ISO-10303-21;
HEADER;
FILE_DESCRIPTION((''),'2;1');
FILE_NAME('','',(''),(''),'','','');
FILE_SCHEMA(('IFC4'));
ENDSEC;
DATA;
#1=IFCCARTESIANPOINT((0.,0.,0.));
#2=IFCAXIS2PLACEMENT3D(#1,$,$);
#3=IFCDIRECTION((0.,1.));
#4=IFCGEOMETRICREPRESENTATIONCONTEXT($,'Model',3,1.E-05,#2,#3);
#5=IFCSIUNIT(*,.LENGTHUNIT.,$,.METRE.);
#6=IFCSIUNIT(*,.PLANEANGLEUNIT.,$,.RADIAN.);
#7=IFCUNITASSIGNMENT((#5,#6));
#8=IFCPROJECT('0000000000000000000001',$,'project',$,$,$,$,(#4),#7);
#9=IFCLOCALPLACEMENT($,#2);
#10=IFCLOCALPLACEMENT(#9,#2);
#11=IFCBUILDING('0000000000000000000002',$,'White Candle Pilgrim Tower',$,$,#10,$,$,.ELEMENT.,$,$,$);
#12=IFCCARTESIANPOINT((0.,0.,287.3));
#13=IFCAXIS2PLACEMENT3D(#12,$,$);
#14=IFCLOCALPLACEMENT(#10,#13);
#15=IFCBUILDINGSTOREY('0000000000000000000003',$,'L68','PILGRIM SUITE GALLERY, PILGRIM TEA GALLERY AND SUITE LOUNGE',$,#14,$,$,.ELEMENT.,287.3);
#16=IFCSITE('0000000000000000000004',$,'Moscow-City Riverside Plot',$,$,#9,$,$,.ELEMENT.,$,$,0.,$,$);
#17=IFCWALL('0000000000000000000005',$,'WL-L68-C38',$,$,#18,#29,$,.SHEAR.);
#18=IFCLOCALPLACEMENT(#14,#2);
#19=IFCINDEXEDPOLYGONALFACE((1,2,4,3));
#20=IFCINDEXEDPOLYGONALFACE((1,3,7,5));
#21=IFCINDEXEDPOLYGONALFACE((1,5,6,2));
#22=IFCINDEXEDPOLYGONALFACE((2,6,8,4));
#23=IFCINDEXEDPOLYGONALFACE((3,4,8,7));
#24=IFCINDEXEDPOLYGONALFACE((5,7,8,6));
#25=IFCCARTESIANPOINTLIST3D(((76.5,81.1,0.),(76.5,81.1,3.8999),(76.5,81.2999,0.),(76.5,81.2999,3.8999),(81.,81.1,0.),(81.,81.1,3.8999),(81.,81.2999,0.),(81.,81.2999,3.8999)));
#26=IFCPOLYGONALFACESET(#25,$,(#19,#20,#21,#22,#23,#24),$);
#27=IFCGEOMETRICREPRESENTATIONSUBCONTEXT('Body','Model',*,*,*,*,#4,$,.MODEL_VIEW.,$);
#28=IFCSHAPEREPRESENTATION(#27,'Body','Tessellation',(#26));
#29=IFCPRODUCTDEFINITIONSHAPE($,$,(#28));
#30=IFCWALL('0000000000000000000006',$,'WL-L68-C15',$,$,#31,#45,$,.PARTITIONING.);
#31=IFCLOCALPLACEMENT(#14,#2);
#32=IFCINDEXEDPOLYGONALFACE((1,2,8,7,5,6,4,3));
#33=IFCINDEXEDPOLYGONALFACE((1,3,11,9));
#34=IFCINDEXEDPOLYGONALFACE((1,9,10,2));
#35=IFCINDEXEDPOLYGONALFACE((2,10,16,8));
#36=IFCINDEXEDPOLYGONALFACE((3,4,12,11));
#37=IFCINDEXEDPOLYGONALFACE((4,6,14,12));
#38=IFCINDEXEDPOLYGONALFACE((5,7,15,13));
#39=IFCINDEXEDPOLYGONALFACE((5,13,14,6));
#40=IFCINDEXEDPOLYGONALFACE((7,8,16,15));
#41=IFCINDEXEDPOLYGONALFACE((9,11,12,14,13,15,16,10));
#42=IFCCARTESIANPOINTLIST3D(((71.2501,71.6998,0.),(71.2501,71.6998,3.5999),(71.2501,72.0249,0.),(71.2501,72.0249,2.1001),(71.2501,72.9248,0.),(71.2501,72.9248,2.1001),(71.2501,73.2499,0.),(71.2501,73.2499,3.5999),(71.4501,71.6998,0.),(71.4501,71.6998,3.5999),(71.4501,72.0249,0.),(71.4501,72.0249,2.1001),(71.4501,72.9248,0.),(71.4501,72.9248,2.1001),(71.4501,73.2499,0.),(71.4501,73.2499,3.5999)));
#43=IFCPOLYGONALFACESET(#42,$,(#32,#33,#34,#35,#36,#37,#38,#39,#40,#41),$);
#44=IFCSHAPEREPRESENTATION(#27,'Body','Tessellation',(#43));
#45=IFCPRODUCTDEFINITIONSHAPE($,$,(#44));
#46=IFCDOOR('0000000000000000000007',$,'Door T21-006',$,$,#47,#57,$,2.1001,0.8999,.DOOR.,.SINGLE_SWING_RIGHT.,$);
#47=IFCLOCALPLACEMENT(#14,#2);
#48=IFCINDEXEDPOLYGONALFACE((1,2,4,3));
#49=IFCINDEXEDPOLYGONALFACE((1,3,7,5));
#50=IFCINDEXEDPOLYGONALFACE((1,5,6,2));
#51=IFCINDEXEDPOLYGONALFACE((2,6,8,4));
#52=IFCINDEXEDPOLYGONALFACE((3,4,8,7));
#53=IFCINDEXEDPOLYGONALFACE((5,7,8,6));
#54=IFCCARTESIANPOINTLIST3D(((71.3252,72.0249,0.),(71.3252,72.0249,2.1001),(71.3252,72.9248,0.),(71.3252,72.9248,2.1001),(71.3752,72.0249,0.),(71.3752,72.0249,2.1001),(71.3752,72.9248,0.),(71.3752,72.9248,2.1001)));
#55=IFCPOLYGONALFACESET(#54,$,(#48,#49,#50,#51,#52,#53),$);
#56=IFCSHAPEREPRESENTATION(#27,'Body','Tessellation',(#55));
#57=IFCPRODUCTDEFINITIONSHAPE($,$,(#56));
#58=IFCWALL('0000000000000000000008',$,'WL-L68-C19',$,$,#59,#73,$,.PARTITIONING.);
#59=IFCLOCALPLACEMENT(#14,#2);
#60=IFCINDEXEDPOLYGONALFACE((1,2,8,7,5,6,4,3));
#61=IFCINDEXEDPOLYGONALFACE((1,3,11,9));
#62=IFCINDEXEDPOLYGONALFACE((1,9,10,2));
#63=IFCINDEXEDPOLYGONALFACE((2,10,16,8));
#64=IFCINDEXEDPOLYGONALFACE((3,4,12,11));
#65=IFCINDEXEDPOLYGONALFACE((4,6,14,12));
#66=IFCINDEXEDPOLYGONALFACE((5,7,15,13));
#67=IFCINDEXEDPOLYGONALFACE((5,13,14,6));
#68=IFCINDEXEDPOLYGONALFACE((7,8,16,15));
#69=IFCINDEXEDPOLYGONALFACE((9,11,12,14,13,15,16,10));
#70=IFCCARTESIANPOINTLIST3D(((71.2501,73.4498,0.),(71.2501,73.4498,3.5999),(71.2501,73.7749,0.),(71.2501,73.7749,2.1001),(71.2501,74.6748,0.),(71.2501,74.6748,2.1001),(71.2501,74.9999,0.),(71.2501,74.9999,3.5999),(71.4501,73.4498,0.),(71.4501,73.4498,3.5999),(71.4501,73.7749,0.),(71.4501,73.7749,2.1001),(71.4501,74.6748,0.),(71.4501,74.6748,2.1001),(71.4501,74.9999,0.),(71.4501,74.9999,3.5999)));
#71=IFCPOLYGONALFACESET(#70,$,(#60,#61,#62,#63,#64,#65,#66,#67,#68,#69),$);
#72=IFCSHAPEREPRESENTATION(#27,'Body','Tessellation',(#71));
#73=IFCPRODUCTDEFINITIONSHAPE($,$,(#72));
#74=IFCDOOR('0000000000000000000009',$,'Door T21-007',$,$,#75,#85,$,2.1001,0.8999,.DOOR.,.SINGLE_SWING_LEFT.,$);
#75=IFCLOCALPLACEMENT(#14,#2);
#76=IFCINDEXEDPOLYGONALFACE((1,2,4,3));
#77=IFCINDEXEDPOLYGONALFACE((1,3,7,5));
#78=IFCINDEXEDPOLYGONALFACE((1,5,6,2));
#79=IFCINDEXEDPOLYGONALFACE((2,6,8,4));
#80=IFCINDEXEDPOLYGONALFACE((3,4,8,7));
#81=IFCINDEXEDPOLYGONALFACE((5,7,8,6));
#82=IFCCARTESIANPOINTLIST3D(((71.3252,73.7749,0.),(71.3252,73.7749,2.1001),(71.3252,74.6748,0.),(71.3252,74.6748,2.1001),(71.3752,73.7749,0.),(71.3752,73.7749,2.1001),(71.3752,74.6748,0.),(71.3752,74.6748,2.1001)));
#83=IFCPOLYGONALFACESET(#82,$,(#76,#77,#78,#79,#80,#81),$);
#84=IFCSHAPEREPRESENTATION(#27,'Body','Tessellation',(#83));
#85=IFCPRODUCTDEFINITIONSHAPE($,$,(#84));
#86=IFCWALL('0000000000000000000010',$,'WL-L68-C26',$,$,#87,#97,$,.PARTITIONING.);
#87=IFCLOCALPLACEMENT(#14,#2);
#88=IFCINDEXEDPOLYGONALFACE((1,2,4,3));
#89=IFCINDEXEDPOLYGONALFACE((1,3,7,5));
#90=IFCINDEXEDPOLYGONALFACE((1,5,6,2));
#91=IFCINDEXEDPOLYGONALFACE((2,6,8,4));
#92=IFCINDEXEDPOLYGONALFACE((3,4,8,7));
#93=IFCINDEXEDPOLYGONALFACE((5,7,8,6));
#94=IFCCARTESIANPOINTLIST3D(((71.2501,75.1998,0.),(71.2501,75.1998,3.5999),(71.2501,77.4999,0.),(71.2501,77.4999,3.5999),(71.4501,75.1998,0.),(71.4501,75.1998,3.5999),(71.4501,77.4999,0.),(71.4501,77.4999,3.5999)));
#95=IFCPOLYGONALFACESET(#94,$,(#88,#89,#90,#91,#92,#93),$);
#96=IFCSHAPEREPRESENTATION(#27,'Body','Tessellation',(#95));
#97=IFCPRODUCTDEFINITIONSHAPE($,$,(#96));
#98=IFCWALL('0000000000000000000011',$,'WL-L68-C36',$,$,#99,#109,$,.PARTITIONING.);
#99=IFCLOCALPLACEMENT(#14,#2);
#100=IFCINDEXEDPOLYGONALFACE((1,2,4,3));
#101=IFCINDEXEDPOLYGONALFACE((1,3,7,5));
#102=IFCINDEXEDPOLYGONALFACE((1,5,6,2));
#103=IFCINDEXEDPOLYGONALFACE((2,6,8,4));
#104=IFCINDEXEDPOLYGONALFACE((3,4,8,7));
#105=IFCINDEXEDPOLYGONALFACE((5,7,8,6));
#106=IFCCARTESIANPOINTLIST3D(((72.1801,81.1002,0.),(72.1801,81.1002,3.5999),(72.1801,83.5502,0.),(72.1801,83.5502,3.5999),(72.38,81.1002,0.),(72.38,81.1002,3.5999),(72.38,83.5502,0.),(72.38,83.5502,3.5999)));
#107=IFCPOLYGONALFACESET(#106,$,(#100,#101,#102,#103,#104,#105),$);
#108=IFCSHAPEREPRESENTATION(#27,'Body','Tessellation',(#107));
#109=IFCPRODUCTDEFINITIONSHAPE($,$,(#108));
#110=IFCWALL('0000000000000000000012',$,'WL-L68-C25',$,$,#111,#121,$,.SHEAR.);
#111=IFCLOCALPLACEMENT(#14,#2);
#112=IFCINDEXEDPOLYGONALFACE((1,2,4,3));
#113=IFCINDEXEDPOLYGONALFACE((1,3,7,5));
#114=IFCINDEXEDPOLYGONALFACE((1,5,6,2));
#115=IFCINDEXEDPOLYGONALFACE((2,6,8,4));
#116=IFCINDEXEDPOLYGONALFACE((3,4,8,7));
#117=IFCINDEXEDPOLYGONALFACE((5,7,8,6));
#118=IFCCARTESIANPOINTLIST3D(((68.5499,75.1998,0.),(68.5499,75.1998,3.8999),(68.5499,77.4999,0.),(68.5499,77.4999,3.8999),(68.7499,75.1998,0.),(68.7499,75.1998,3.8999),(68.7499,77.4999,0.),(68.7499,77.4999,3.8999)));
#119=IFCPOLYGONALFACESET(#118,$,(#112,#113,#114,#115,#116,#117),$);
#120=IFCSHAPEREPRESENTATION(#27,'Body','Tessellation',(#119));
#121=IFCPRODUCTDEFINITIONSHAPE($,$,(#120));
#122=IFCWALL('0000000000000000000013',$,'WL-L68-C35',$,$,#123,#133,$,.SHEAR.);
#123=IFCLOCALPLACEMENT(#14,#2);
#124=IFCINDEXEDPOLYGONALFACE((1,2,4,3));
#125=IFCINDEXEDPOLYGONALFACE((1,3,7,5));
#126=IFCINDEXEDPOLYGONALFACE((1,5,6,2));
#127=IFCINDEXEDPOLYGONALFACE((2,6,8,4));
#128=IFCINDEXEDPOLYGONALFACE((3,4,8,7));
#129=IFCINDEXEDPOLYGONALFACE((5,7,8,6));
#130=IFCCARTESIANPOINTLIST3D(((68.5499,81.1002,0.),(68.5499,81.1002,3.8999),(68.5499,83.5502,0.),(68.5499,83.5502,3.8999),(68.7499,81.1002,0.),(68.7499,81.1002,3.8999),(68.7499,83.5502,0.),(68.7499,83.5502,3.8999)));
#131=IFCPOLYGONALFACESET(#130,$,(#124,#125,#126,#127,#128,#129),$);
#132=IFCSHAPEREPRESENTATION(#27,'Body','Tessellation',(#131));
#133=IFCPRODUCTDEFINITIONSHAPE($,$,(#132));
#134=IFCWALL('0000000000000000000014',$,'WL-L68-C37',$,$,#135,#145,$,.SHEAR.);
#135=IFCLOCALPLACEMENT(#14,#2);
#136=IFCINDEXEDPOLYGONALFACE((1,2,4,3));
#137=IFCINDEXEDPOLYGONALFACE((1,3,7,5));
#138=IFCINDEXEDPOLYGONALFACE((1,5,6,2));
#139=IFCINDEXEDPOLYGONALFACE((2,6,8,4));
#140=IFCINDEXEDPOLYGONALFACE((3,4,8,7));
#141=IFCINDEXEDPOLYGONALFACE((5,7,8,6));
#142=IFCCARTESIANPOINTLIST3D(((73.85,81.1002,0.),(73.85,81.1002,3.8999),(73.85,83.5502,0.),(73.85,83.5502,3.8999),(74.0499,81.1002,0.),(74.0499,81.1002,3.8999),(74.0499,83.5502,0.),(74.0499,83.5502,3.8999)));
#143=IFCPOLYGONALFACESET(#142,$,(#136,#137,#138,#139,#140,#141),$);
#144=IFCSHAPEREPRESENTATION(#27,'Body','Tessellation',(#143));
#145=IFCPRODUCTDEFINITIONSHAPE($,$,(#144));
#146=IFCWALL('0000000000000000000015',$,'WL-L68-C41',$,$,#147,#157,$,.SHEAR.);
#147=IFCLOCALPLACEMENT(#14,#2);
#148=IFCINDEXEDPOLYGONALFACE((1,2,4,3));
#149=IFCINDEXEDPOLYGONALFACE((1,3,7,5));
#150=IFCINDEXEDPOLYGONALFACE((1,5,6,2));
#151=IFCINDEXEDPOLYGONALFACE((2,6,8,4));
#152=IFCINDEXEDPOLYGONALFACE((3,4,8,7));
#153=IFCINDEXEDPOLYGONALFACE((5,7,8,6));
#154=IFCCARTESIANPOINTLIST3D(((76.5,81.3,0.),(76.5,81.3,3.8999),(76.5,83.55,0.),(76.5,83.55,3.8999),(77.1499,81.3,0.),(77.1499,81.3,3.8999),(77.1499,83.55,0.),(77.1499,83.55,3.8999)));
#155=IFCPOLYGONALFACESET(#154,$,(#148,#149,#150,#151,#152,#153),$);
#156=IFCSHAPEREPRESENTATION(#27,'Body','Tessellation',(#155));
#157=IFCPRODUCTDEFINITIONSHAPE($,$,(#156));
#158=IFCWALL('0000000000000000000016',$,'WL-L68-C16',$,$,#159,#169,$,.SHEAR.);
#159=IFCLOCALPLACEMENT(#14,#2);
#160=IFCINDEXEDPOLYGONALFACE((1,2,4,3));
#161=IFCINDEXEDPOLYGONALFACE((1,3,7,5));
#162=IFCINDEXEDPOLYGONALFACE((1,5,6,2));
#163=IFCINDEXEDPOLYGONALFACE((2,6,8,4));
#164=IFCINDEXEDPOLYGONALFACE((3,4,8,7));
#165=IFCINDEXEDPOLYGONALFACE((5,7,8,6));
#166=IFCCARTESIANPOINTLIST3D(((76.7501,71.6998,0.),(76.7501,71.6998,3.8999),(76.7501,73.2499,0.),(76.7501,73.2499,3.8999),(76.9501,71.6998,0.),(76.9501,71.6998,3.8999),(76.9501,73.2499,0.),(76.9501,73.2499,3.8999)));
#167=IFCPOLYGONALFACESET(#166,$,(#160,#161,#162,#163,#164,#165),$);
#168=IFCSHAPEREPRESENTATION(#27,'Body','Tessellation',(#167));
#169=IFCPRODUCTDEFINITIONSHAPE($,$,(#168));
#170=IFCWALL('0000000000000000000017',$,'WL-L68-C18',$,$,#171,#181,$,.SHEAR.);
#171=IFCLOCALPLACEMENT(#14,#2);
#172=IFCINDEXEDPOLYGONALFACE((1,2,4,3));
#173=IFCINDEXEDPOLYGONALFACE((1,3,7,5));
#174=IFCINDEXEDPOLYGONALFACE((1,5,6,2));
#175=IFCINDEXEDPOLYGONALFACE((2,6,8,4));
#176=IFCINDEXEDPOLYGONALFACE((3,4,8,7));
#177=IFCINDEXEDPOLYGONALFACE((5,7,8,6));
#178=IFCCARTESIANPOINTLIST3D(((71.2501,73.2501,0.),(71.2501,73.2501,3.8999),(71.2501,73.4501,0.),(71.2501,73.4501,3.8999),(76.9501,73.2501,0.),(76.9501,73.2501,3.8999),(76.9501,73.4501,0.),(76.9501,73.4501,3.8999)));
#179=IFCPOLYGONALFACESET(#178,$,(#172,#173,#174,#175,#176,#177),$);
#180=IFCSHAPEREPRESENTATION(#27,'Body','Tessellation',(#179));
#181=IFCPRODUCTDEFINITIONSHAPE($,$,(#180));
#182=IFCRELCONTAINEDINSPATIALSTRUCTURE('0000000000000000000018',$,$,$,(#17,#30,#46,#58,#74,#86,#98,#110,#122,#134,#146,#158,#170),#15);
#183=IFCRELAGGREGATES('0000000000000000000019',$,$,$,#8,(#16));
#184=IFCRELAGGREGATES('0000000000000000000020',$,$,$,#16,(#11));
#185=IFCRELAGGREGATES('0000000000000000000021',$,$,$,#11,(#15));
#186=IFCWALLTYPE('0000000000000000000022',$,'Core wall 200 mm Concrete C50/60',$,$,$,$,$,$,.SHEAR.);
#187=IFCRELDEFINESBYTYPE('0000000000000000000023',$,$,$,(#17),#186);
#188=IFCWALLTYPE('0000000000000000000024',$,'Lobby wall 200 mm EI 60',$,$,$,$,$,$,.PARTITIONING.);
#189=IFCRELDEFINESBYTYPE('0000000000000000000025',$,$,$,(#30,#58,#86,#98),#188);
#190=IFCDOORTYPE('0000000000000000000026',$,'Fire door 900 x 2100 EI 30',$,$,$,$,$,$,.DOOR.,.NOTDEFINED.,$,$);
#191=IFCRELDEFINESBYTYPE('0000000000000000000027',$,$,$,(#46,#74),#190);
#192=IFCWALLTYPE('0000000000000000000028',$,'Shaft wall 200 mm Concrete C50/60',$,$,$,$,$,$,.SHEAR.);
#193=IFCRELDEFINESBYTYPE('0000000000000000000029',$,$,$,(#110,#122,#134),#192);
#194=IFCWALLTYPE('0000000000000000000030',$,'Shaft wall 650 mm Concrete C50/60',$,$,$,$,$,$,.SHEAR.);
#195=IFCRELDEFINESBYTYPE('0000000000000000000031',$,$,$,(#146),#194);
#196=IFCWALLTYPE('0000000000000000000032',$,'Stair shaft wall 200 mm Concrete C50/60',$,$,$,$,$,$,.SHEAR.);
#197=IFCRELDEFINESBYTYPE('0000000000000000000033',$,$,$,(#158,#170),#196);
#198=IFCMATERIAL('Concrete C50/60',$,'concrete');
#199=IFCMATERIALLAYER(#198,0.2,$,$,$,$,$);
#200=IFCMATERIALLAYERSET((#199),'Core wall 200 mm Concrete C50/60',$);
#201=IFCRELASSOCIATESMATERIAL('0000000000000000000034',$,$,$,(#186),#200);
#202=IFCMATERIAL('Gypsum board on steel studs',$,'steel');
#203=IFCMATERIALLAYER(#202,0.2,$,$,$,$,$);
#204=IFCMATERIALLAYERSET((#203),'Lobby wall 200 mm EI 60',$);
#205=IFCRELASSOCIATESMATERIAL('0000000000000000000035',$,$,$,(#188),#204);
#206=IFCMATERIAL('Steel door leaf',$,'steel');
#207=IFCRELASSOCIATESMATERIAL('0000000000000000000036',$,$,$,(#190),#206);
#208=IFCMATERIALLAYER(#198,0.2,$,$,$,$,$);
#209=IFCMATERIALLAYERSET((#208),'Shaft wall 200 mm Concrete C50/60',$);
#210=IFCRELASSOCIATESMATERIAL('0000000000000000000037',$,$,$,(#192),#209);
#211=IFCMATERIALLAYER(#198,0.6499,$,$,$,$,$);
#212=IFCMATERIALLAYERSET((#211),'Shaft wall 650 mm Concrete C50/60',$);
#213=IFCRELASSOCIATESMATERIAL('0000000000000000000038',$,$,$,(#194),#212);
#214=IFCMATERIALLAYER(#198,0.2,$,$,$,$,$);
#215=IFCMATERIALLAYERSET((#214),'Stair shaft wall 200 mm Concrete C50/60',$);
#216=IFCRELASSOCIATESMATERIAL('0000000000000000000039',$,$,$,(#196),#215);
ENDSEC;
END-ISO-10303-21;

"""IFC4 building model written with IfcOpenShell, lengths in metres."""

from ifc_helpers import new_model, si_unit, direction, frame, frame_2d, origin, place, context, subcontext, project, spatial, rectangle, extrude, material, layer, layer_set, type_object, element, fill, save


model = new_model("IFC4")

# Units and contexts
model_context = context("Model", 3, precision=1e-05, world=origin(), true_north=direction((0.0, 1.0)))
body_context = subcontext(model_context, "Body", "Model", "MODEL_VIEW")
ifc_project = project(units=[si_unit("LENGTHUNIT", "METRE"), si_unit("PLANEANGLEUNIT", "RADIAN")], contexts=[model_context])

# Site, building, storey
site_placement = place(None, origin())
site = spatial("IfcSite", under=ifc_project, at=site_placement, Name="Moscow-City Riverside Plot", CompositionType="ELEMENT", RefElevation=0.0)
building_placement = place(site_placement, origin())
building = spatial("IfcBuilding", under=site, at=building_placement, Name="White Candle Pilgrim Tower", CompositionType="ELEMENT")
storey_placement = place(building_placement, frame((0.0, 0.0, 287.3)))
storey = spatial("IfcBuildingStorey", under=building, at=storey_placement, Name="L68", Description="PILGRIM SUITE GALLERY, PILGRIM TEA GALLERY AND SUITE LOUNGE", CompositionType="ELEMENT", Elevation=287.3)

# Wall
ifc_material_1 = material(Name="Concrete C50/60", Category="concrete")
ifc_layer_1 = layer(ifc_material_1, 0.2)
ifc_layer_set_1 = layer_set([ifc_layer_1], Name="Core wall 200 mm Concrete C50/60")
wall_type_1 = type_object("IfcWallType", Name="Core wall 200 mm Concrete C50/60", PredefinedType="SHEAR", material=ifc_layer_set_1)
wall_1_placement = place(storey_placement, frame((76.5, 81.2, 0.0), z_axis=(0.0, 0.0, 1.0), x_axis=(1.0, 0.0, 0.0)))
element("IfcWall", 1, at=wall_1_placement, inside=storey, type_object=wall_type_1, Name="WL-L68-C38", PredefinedType="SHEAR", context=body_context, shape_type="SweptSolid", body=[
    extrude(rectangle(XDim=4.5, YDim=0.2, at=frame_2d((2.25, 0.0))), origin(), (0.0, 0.0, 1.0), 3.8999),
])

# Walls, openings, doors
ifc_material_2 = material(Name="Gypsum board on steel studs", Category="steel")
ifc_layer_2 = layer(ifc_material_2, 0.2)
ifc_layer_set_2 = layer_set([ifc_layer_2], Name="Lobby wall 200 mm EI 60")
wall_type_2 = type_object("IfcWallType", Name="Lobby wall 200 mm EI 60", PredefinedType="PARTITIONING", material=ifc_layer_set_2)
wall_2_placement = place(storey_placement, frame((71.3501, 71.7, 0.0), z_axis=(0.0, 0.0, 1.0), x_axis=(0.0, 1.0, 0.0)))
wall_2 = element("IfcWall", 2, at=wall_2_placement, inside=storey, type_object=wall_type_2, Name="WL-L68-C15", PredefinedType="PARTITIONING", context=body_context, shape_type="SweptSolid", body=[
    extrude(rectangle(XDim=1.55, YDim=0.2, at=frame_2d((0.7749, 0.0))), origin(), (0.0, 0.0, 1.0), 3.5999),
])
opening_1_placement = place(wall_2_placement, frame((0.325, 0.0, 0.0)))
opening_1 = element("IfcOpeningElement", 3, at=opening_1_placement, cuts=wall_2, PredefinedType="OPENING", context=body_context, shape_type="SweptSolid", body=[
    extrude(rectangle(XDim=0.8999, YDim=2.1001, at=frame_2d((0.45, 1.05))), frame((0.0, 0.1099, 0.0), z_axis=(0.0, -1.0, 0.0), x_axis=(1.0, 0.0, 0.0)), (0.0, 0.0, 1.0), 0.22),
])
ifc_material_3 = material(Name="Steel door leaf", Category="steel")
door_type = type_object("IfcDoorType", Name="Fire door 900 x 2100 EI 30", OperationType="NOTDEFINED", PredefinedType="DOOR", material=ifc_material_3)
door_1_placement = place(opening_1_placement, origin())
door_1 = element("IfcDoor", 4, at=door_1_placement, inside=storey, type_object=door_type, Name="Door T21-006", OperationType="SINGLE_SWING_RIGHT", OverallHeight=2.1001, OverallWidth=0.8999, PredefinedType="DOOR", context=body_context, shape_type="SweptSolid", body=[
    extrude(rectangle(XDim=0.8999, YDim=2.1001, at=frame_2d((0.45, 1.05))), frame((0.0, 0.0249, 0.0), z_axis=(0.0, -1.0, 0.0), x_axis=(1.0, 0.0, 0.0)), (0.0, 0.0, 1.0), 0.05),
])
fill(opening_1, door_1)
wall_3_placement = place(storey_placement, frame((71.3501, 73.45, 0.0), z_axis=(0.0, 0.0, 1.0), x_axis=(0.0, 1.0, 0.0)))
wall_3 = element("IfcWall", 5, at=wall_3_placement, inside=storey, type_object=wall_type_2, Name="WL-L68-C19", PredefinedType="PARTITIONING", context=body_context, shape_type="SweptSolid", body=[
    extrude(rectangle(XDim=1.55, YDim=0.2, at=frame_2d((0.7749, 0.0))), origin(), (0.0, 0.0, 1.0), 3.5999),
])
opening_2_placement = place(wall_3_placement, frame((0.325, 0.0, 0.0)))
opening_2 = element("IfcOpeningElement", 6, at=opening_2_placement, cuts=wall_3, PredefinedType="OPENING", context=body_context, shape_type="SweptSolid", body=[
    extrude(rectangle(XDim=0.8999, YDim=2.1001, at=frame_2d((0.45, 1.05))), frame((0.0, 0.1099, 0.0), z_axis=(0.0, -1.0, 0.0), x_axis=(1.0, 0.0, 0.0)), (0.0, 0.0, 1.0), 0.22),
])
door_2_placement = place(opening_2_placement, origin())
door_2 = element("IfcDoor", 7, at=door_2_placement, inside=storey, type_object=door_type, Name="Door T21-007", OperationType="SINGLE_SWING_LEFT", OverallHeight=2.1001, OverallWidth=0.8999, PredefinedType="DOOR", context=body_context, shape_type="SweptSolid", body=[
    extrude(rectangle(XDim=0.8999, YDim=2.1001, at=frame_2d((0.45, 1.05))), frame((0.0, 0.0249, 0.0), z_axis=(0.0, -1.0, 0.0), x_axis=(1.0, 0.0, 0.0)), (0.0, 0.0, 1.0), 0.05),
])
fill(opening_2, door_2)

# Walls
wall_4_placement = place(storey_placement, frame((71.3501, 75.2, 0.0), z_axis=(0.0, 0.0, 1.0), x_axis=(0.0, 1.0, 0.0)))
element("IfcWall", 8, at=wall_4_placement, inside=storey, type_object=wall_type_2, Name="WL-L68-C26", PredefinedType="PARTITIONING", context=body_context, shape_type="SweptSolid", body=[
    extrude(rectangle(XDim=2.3, YDim=0.2, at=frame_2d((1.1499, 0.0))), origin(), (0.0, 0.0, 1.0), 3.5999),
])
wall_5_placement = place(storey_placement, frame((72.28, 81.1001, 0.0), z_axis=(0.0, 0.0, 1.0), x_axis=(0.0, 1.0, 0.0)))
element("IfcWall", 9, at=wall_5_placement, inside=storey, type_object=wall_type_2, Name="WL-L68-C36", PredefinedType="PARTITIONING", context=body_context, shape_type="SweptSolid", body=[
    extrude(rectangle(XDim=2.45, YDim=0.2, at=frame_2d((1.2251, 0.0))), origin(), (0.0, 0.0, 1.0), 3.5999),
])
ifc_layer_3 = layer(ifc_material_1, 0.2)
ifc_layer_set_3 = layer_set([ifc_layer_3], Name="Shaft wall 200 mm Concrete C50/60")
wall_type_3 = type_object("IfcWallType", Name="Shaft wall 200 mm Concrete C50/60", PredefinedType="SHEAR", material=ifc_layer_set_3)
wall_6_placement = place(storey_placement, frame((68.6499, 75.2, 0.0), z_axis=(0.0, 0.0, 1.0), x_axis=(0.0, 1.0, 0.0)))
element("IfcWall", 10, at=wall_6_placement, inside=storey, type_object=wall_type_3, Name="WL-L68-C25", PredefinedType="SHEAR", context=body_context, shape_type="SweptSolid", body=[
    extrude(rectangle(XDim=2.3, YDim=0.2, at=frame_2d((1.1499, 0.0))), origin(), (0.0, 0.0, 1.0), 3.8999),
])
for number, where, z_axis, x_axis, name in (
    (11, (68.6499, 81.1001, 0.0), (0.0, 0.0, 1.0), (0.0, 1.0, 0.0), "WL-L68-C35"),
    (12, (73.95, 81.1001, 0.0), (0.0, 0.0, 1.0), (0.0, 1.0, 0.0), "WL-L68-C37"),
):
    element("IfcWall", number, at=place(storey_placement, frame(where, z_axis=z_axis, x_axis=x_axis)), inside=storey, type_object=wall_type_3, Name=name, PredefinedType="SHEAR", context=body_context, shape_type="SweptSolid", body=[
        extrude(rectangle(XDim=2.45, YDim=0.2, at=frame_2d((1.2251, 0.0))), origin(), (0.0, 0.0, 1.0), 3.8999),
    ])
ifc_layer_4 = layer(ifc_material_1, 0.6499)
ifc_layer_set_4 = layer_set([ifc_layer_4], Name="Shaft wall 650 mm Concrete C50/60")
wall_type_4 = type_object("IfcWallType", Name="Shaft wall 650 mm Concrete C50/60", PredefinedType="SHEAR", material=ifc_layer_set_4)
wall_7_placement = place(storey_placement, frame((76.825, 81.3, 0.0), z_axis=(0.0, 0.0, 1.0), x_axis=(0.0, 1.0, 0.0)))
element("IfcWall", 13, at=wall_7_placement, inside=storey, type_object=wall_type_4, Name="WL-L68-C41", PredefinedType="SHEAR", context=body_context, shape_type="SweptSolid", body=[
    extrude(rectangle(XDim=2.25, YDim=0.6499, at=frame_2d((1.125, 0.0))), origin(), (0.0, 0.0, 1.0), 3.8999),
])
ifc_layer_5 = layer(ifc_material_1, 0.2)
ifc_layer_set_5 = layer_set([ifc_layer_5], Name="Stair shaft wall 200 mm Concrete C50/60")
wall_type_5 = type_object("IfcWallType", Name="Stair shaft wall 200 mm Concrete C50/60", PredefinedType="SHEAR", material=ifc_layer_set_5)
wall_8_placement = place(storey_placement, frame((76.8501, 71.7, 0.0), z_axis=(0.0, 0.0, 1.0), x_axis=(0.0, 1.0, 0.0)))
element("IfcWall", 14, at=wall_8_placement, inside=storey, type_object=wall_type_5, Name="WL-L68-C16", PredefinedType="SHEAR", context=body_context, shape_type="SweptSolid", body=[
    extrude(rectangle(XDim=1.55, YDim=0.2, at=frame_2d((0.7749, 0.0))), origin(), (0.0, 0.0, 1.0), 3.8999),
])
wall_9_placement = place(storey_placement, frame((71.25, 73.3501, 0.0), z_axis=(0.0, 0.0, 1.0), x_axis=(1.0, 0.0, 0.0)))
element("IfcWall", 15, at=wall_9_placement, inside=storey, type_object=wall_type_5, Name="WL-L68-C18", PredefinedType="SHEAR", context=body_context, shape_type="SweptSolid", body=[
    extrude(rectangle(XDim=5.7, YDim=0.2, at=frame_2d((2.8501, 0.0))), origin(), (0.0, 0.0, 1.0), 3.8999),
])

save(model, "model.ifc")
